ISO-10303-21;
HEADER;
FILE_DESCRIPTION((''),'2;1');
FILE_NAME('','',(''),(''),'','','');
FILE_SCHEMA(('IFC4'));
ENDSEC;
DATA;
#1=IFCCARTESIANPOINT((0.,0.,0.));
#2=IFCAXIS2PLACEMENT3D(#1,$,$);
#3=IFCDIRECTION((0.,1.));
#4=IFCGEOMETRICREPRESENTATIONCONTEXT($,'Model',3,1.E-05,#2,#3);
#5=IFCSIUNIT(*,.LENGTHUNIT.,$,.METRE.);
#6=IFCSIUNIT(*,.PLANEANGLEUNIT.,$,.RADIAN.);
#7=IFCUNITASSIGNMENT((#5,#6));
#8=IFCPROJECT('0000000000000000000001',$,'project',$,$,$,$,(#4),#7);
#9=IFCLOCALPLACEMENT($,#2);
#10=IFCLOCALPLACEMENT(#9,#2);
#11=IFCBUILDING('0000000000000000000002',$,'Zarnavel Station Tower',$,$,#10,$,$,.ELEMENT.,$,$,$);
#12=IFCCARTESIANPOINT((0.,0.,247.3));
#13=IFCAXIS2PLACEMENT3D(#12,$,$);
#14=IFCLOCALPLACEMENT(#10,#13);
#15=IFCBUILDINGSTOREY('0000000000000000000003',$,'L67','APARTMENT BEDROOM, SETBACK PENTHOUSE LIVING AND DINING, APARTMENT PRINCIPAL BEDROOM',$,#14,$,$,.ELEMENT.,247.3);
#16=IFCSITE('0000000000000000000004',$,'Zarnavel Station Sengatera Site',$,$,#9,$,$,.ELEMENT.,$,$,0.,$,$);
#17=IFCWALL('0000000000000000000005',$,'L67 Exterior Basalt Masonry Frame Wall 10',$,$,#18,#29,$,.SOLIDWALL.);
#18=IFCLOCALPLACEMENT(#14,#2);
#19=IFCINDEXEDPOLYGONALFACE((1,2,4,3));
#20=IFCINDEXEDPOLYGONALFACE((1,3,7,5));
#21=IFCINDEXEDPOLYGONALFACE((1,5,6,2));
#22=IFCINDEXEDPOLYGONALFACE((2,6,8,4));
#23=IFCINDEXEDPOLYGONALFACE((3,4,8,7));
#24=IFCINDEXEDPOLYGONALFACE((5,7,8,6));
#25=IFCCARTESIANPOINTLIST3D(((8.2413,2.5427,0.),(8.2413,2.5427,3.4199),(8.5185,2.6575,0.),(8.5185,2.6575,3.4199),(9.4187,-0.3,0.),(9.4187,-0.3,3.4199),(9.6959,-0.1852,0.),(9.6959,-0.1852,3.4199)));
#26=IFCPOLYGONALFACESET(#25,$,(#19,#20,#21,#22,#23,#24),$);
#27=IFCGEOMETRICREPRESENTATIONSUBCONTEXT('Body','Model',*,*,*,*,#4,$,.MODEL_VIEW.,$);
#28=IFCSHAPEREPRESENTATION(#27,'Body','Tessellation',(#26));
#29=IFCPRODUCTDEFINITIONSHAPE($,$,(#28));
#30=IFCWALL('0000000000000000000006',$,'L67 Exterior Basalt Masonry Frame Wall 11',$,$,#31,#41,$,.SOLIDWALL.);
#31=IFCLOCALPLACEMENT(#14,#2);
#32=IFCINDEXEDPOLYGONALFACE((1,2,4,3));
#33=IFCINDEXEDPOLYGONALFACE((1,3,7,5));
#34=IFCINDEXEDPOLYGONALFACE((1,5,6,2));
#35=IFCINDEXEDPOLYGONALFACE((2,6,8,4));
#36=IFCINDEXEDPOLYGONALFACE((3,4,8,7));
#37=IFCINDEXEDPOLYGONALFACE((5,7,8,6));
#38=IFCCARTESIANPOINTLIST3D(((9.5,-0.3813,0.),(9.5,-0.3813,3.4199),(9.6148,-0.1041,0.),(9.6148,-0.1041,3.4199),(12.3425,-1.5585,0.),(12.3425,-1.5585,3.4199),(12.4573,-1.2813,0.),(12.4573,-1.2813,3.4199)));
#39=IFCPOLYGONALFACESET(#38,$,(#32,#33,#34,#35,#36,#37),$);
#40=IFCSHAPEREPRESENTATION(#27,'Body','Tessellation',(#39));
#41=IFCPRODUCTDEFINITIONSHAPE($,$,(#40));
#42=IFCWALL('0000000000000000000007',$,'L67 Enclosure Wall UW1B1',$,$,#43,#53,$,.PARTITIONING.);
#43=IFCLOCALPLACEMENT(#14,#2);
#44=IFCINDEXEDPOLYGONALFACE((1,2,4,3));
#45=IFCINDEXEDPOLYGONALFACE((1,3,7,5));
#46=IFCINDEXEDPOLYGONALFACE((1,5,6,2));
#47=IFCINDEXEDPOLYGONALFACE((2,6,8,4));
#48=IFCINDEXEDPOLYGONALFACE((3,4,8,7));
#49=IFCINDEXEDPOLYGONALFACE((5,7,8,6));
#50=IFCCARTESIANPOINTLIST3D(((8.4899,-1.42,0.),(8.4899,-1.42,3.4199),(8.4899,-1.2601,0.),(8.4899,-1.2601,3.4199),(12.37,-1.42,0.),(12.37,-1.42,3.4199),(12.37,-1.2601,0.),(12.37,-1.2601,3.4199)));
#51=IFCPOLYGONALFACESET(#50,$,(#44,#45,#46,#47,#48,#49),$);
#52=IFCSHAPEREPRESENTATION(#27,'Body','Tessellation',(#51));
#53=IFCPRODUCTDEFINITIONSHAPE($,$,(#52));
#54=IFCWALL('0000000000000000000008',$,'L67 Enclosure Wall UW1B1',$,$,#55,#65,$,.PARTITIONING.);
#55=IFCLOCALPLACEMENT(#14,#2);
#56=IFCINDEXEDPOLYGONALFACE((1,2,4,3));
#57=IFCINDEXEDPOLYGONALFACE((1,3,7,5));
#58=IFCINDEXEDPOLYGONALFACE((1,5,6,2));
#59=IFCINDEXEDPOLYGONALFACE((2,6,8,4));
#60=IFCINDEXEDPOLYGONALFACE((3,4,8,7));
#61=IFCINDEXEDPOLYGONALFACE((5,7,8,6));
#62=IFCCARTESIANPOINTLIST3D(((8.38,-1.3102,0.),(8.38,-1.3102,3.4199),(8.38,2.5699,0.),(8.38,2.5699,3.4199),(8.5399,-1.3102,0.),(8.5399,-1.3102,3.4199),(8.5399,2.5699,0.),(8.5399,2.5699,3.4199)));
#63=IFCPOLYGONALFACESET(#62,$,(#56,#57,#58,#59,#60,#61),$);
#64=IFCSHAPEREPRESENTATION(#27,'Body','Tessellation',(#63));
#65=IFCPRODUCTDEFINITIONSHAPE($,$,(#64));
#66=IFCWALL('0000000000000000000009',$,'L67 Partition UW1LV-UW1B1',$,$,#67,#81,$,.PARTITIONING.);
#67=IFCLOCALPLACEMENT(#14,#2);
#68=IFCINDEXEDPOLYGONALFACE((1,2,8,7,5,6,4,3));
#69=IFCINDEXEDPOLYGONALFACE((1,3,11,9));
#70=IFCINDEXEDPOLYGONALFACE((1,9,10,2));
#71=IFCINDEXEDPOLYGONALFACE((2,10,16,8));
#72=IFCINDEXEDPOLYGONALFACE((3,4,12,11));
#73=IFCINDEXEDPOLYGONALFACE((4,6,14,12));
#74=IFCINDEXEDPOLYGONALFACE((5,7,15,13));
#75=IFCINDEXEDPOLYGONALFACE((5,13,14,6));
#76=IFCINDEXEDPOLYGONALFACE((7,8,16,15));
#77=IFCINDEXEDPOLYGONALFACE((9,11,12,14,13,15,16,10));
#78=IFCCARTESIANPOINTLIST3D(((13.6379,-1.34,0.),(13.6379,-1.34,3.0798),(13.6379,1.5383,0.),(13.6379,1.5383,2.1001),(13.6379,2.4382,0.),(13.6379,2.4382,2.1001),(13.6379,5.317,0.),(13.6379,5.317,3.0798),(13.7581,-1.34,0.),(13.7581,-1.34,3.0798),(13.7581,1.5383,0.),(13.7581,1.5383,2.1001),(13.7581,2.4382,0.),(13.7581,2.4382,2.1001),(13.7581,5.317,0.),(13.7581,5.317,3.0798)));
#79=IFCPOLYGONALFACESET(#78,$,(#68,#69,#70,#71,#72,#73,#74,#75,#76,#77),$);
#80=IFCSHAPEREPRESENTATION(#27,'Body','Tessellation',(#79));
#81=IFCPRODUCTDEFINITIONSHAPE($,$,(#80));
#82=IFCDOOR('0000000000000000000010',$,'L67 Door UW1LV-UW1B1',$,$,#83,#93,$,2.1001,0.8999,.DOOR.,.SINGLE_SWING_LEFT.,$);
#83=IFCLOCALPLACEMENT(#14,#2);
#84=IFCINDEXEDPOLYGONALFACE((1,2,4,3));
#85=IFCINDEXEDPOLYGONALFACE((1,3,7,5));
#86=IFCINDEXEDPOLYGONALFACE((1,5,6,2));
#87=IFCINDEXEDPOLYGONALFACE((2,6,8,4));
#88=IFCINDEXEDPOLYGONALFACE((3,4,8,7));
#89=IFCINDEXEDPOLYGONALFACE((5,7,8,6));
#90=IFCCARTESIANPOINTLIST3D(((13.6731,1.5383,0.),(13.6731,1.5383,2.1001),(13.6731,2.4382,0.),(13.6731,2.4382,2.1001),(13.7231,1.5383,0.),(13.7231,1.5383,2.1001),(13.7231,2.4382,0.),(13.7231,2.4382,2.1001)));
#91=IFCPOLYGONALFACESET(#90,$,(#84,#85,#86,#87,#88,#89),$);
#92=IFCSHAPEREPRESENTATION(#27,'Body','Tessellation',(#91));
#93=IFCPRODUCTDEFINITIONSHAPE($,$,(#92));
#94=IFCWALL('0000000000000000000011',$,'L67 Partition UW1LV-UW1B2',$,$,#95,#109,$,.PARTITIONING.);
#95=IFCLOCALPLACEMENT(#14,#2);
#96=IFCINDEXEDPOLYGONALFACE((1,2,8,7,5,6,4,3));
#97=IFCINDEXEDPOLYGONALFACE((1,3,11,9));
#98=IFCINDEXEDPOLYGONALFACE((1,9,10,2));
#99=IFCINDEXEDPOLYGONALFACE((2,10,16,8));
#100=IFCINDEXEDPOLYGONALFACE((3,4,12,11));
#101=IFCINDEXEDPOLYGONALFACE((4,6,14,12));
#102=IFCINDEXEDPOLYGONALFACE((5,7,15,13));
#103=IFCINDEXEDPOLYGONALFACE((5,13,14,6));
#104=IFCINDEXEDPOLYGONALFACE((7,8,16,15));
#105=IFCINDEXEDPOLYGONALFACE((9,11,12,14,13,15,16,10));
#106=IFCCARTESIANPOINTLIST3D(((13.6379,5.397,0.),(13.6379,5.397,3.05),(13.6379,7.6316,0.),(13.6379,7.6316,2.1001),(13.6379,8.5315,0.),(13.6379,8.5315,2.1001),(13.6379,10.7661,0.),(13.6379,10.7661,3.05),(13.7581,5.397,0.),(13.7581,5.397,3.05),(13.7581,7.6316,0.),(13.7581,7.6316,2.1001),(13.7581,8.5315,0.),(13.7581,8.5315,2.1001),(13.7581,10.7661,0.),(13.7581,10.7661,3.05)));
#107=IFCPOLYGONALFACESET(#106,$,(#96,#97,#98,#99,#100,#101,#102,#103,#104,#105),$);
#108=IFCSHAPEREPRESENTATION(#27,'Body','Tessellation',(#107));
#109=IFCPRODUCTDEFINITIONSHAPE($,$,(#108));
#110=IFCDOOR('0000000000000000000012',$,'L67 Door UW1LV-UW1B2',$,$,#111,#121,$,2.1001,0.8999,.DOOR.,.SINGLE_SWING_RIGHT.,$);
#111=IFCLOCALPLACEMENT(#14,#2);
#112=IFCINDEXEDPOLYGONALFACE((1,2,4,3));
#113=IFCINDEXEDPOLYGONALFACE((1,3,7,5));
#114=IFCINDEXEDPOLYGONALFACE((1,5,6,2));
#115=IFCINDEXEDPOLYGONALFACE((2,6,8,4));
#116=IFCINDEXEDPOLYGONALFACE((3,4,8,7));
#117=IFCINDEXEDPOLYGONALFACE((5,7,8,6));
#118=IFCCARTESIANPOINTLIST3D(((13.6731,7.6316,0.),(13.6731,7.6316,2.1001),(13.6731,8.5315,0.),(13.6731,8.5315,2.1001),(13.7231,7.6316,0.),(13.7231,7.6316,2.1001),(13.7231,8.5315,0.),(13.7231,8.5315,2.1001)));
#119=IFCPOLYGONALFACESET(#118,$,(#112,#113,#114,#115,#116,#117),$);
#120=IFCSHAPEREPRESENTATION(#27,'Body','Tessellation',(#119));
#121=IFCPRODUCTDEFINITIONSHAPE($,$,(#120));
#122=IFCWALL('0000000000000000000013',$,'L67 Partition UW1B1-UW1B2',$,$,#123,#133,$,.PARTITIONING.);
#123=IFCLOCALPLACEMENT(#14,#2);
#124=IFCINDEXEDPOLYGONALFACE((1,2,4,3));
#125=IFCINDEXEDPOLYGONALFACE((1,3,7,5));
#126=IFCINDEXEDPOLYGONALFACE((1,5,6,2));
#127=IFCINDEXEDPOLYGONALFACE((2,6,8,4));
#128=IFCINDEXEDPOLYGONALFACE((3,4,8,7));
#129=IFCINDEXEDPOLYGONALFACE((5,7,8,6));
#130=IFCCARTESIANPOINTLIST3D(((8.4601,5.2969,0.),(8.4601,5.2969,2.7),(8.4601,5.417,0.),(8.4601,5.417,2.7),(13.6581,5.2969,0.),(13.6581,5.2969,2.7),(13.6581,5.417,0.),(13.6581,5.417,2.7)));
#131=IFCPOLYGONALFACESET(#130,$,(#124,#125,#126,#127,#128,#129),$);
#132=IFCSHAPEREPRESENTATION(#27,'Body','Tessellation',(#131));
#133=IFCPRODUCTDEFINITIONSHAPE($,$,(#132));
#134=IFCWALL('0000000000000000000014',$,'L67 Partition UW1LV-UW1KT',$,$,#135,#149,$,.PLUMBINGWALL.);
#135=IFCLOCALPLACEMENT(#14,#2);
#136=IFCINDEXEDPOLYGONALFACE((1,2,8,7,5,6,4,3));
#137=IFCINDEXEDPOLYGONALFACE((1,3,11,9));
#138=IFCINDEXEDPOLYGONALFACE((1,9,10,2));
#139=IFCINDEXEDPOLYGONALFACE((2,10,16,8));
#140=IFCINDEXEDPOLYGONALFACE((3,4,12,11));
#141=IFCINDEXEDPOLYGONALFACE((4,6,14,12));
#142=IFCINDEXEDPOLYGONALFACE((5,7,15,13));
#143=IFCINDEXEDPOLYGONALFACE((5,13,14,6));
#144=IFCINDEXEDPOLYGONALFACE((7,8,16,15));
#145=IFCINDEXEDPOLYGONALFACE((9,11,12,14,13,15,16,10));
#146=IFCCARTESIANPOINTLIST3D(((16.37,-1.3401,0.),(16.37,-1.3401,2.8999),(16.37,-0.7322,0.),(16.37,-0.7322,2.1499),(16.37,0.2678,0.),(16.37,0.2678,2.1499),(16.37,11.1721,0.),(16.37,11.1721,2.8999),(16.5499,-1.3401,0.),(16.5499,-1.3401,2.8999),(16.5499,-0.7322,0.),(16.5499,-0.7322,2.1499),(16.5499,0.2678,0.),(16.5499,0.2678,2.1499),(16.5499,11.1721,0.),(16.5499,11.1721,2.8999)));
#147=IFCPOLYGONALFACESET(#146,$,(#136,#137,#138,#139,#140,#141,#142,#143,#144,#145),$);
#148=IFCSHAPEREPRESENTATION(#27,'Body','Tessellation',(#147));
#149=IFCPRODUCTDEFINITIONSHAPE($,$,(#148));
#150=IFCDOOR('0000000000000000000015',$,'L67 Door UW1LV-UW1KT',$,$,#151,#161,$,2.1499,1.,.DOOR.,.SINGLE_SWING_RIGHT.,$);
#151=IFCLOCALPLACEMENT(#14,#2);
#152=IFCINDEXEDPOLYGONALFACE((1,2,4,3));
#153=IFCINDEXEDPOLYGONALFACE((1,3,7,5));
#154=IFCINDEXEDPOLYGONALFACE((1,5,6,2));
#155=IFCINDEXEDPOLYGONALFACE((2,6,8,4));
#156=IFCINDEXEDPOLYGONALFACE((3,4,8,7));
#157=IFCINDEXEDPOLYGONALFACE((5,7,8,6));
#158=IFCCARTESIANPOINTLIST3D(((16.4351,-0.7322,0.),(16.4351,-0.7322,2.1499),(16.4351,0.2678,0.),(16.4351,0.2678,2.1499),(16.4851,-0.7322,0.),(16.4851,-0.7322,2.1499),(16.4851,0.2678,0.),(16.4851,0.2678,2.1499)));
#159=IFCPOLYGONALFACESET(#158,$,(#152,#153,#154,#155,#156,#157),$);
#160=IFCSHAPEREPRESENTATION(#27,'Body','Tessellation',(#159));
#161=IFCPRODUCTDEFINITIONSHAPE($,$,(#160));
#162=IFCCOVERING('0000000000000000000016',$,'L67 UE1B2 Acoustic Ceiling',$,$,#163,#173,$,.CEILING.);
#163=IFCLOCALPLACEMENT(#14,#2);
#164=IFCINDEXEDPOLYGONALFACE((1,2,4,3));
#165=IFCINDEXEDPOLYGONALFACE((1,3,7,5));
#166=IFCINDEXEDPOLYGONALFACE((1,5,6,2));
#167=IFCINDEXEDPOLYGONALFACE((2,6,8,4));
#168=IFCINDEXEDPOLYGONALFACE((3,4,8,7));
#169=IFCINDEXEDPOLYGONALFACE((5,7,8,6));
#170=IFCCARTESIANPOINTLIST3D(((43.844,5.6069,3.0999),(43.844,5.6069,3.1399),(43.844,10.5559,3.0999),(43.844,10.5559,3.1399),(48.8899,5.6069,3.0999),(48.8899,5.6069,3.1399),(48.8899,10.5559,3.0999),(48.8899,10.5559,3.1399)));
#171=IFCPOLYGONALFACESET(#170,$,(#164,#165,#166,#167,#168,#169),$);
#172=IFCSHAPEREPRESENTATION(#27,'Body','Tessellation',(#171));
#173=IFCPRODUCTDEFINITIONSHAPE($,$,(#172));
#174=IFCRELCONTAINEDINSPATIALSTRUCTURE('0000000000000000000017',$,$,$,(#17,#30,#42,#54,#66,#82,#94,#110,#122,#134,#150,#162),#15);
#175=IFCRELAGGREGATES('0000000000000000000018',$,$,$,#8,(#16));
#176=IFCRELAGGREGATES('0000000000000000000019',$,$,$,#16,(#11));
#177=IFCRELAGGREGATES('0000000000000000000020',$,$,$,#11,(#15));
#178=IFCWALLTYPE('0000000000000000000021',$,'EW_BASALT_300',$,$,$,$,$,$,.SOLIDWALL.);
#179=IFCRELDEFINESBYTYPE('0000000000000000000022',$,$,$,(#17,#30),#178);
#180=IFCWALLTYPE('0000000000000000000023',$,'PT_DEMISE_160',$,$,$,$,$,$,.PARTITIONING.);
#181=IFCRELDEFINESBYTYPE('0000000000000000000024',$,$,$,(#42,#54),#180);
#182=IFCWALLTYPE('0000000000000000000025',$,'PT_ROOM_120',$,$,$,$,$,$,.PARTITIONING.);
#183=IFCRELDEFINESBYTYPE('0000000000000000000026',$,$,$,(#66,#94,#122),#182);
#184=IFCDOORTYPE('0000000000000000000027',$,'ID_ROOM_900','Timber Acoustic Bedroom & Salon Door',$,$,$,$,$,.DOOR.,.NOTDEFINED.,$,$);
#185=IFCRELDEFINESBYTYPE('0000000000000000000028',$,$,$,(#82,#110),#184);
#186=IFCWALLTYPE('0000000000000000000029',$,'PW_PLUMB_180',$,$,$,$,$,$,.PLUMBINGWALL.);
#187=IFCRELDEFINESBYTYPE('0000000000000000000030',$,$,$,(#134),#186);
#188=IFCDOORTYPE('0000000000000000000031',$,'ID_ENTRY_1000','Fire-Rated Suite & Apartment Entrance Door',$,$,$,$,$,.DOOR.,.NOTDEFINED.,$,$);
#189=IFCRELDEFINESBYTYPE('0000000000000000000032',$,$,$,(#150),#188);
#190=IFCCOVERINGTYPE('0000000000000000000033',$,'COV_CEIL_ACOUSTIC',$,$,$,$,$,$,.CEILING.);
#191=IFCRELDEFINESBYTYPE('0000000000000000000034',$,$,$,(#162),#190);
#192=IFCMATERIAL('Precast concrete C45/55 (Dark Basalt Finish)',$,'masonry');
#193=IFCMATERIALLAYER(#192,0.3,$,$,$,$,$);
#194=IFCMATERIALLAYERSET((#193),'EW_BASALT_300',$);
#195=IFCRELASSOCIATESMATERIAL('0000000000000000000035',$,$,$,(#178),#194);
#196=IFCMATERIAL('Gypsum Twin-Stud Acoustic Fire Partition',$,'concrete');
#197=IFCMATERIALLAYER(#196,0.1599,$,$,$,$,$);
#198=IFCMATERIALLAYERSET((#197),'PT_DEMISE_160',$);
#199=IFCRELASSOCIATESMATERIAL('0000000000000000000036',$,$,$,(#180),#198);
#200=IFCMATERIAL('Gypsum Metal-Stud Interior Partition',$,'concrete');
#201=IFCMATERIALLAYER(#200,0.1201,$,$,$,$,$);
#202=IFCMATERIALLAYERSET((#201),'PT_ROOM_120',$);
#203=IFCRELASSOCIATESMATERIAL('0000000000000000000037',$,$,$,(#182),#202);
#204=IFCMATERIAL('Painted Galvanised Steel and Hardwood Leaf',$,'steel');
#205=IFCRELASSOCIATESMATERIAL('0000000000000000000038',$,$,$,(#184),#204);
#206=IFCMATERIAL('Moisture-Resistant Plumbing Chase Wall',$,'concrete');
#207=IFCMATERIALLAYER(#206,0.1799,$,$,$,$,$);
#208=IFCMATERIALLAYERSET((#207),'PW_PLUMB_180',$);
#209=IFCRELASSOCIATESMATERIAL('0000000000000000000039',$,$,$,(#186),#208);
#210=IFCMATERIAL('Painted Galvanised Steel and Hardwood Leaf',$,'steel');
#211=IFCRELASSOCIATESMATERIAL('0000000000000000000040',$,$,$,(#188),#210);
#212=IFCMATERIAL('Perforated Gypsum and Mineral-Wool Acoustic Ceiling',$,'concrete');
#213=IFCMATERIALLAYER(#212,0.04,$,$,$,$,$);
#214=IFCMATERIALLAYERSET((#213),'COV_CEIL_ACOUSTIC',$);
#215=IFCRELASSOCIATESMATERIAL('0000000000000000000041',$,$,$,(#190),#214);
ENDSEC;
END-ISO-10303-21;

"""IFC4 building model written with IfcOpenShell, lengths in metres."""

from ifc_helpers import new_model, si_unit, direction, frame, frame_2d, origin, place, context, subcontext, project, spatial, polyline, rectangle, outline, extrude, material, layer, layer_set, type_object, element, fill, save


model = new_model("IFC4")

# Units and contexts
model_context = context("Model", 3, precision=1e-05, world=origin(), true_north=direction((0.0, 1.0)))
body_context = subcontext(model_context, "Body", "Model", "MODEL_VIEW")
ifc_project = project(units=[si_unit("LENGTHUNIT", "METRE"), si_unit("PLANEANGLEUNIT", "RADIAN")], contexts=[model_context])

# Site, building, storey
site_placement = place(None, origin())
site = spatial("IfcSite", under=ifc_project, at=site_placement, Name="Zarnavel Station Sengatera Site", CompositionType="ELEMENT", RefElevation=0.0)
building_placement = place(site_placement, origin())
building = spatial("IfcBuilding", under=site, at=building_placement, Name="Zarnavel Station Tower", CompositionType="ELEMENT")
storey_placement = place(building_placement, frame((0.0, 0.0, 247.3)))
storey = spatial("IfcBuildingStorey", under=building, at=storey_placement, Name="L67", Description="APARTMENT BEDROOM, SETBACK PENTHOUSE LIVING AND DINING, APARTMENT PRINCIPAL BEDROOM", CompositionType="ELEMENT", Elevation=247.3)

# Shared definitions
ifc_material_1 = material(Name="Precast concrete C45/55 (Dark Basalt Finish)", Category="masonry")
ifc_layer_1 = layer(ifc_material_1, 0.3)
ifc_layer_set_1 = layer_set([ifc_layer_1], Name="EW_BASALT_300")
wall_type_1 = type_object("IfcWallType", Name="EW_BASALT_300", PredefinedType="SOLIDWALL", material=ifc_layer_set_1)

# Walls
wall_1_placement = place(storey_placement, frame((9.5574, -0.2427, 0.0), z_axis=(0.0, 0.0, 1.0), x_axis=(-0.382676, 0.923882, 0.0)))
element("IfcWall", 1, at=wall_1_placement, inside=storey, type_object=wall_type_1, Name="L67 Exterior Basalt Masonry Frame Wall 10", PredefinedType="SOLIDWALL", context=body_context, shape_type="SweptSolid", body=[
    extrude(rectangle(XDim=3.0769, YDim=0.3, at=frame_2d((1.5386, 0.0))), origin(), (0.0, 0.0, 1.0), 3.4199),
])
wall_2_placement = place(storey_placement, frame((12.3999, -1.4199, 0.0), z_axis=(0.0, 0.0, 1.0), x_axis=(-0.923899, 0.382637, 0.0)))
element("IfcWall", 2, at=wall_2_placement, inside=storey, type_object=wall_type_1, Name="L67 Exterior Basalt Masonry Frame Wall 11", PredefinedType="SOLIDWALL", context=body_context, shape_type="SweptSolid", body=[
    extrude(rectangle(XDim=3.0767, YDim=0.3, at=frame_2d((1.5383, 0.0))), origin(), (0.0, 0.0, 1.0), 3.4199),
])
ifc_material_2 = material(Name="Gypsum Twin-Stud Acoustic Fire Partition", Category="concrete")
ifc_layer_2 = layer(ifc_material_2, 0.1599)
ifc_layer_set_2 = layer_set([ifc_layer_2], Name="PT_DEMISE_160")
wall_type_2 = type_object("IfcWallType", Name="PT_DEMISE_160", PredefinedType="PARTITIONING", material=ifc_layer_set_2)
for number, where, z_axis, x_axis, name in (
    (3, (8.49, -1.3401, 0.0), (0.0, 0.0, 1.0), (1.0, 0.0, 0.0), "L67 Enclosure Wall UW1B1"),
    (4, (8.46, -1.3101, 0.0), (0.0, 0.0, 1.0), (0.0, 1.0, 0.0), "L67 Enclosure Wall UW1B1"),
):
    element("IfcWall", number, at=place(storey_placement, frame(where, z_axis=z_axis, x_axis=x_axis)), inside=storey, type_object=wall_type_2, Name=name, PredefinedType="PARTITIONING", context=body_context, shape_type="SweptSolid", body=[
        extrude(rectangle(XDim=3.8801, YDim=0.1599, at=frame_2d((1.9399, 0.0))), origin(), (0.0, 0.0, 1.0), 3.4199),
    ])

# Walls, openings, doors
ifc_material_3 = material(Name="Gypsum Metal-Stud Interior Partition", Category="concrete")
ifc_layer_3 = layer(ifc_material_3, 0.1201)
ifc_layer_set_3 = layer_set([ifc_layer_3], Name="PT_ROOM_120")
wall_type_3 = type_object("IfcWallType", Name="PT_ROOM_120", PredefinedType="PARTITIONING", material=ifc_layer_set_3)
wall_3_placement = place(storey_placement, frame((13.698, -1.3401, 0.0), z_axis=(0.0, 0.0, 1.0), x_axis=(0.0, 1.0, 0.0)))
wall_3 = element("IfcWall", 5, at=wall_3_placement, inside=storey, type_object=wall_type_3, Name="L67 Partition UW1LV-UW1B1", PredefinedType="PARTITIONING", context=body_context, shape_type="SweptSolid", body=[
    extrude(rectangle(XDim=6.657, YDim=0.1201, at=frame_2d((3.3286, 0.0))), origin(), (0.0, 0.0, 1.0), 3.0798),
])
opening_1_placement = place(wall_3_placement, frame((2.8784, 0.0, 0.0)))
opening_1 = element("IfcOpeningElement", 6, at=opening_1_placement, cuts=wall_3, PredefinedType="OPENING", context=body_context, shape_type="SweptSolid", body=[
    extrude(rectangle(XDim=0.8999, YDim=2.1001, at=frame_2d((0.45, 1.05))), frame((0.0, 0.0701, 0.0), z_axis=(0.0, -1.0, 0.0), x_axis=(1.0, 0.0, 0.0)), (0.0, 0.0, 1.0), 0.1401),
])
ifc_material_4 = material(Name="Painted Galvanised Steel and Hardwood Leaf", Category="steel")
door_type_1 = type_object("IfcDoorType", Name="ID_ROOM_900", Description="Timber Acoustic Bedroom & Salon Door", OperationType="NOTDEFINED", PredefinedType="DOOR", material=ifc_material_4)
door_1_placement = place(opening_1_placement, origin())
door_1 = element("IfcDoor", 7, at=door_1_placement, inside=storey, type_object=door_type_1, Name="L67 Door UW1LV-UW1B1", OperationType="SINGLE_SWING_LEFT", OverallHeight=2.1001, OverallWidth=0.8999, PredefinedType="DOOR", context=body_context, shape_type="SweptSolid", body=[
    extrude(rectangle(XDim=0.8999, YDim=2.1001, at=frame_2d((0.45, 1.05))), frame((0.0, 0.0249, 0.0), z_axis=(0.0, -1.0, 0.0), x_axis=(1.0, 0.0, 0.0)), (0.0, 0.0, 1.0), 0.05),
])
fill(opening_1, door_1)
wall_4_placement = place(storey_placement, frame((13.698, 5.397, 0.0), z_axis=(0.0, 0.0, 1.0), x_axis=(0.0, 1.0, 0.0)))
wall_4 = element("IfcWall", 8, at=wall_4_placement, inside=storey, type_object=wall_type_3, Name="L67 Partition UW1LV-UW1B2", PredefinedType="PARTITIONING", context=body_context, shape_type="SweptSolid", body=[
    extrude(rectangle(XDim=5.3691, YDim=0.1201, at=frame_2d((2.6846, 0.0))), origin(), (0.0, 0.0, 1.0), 3.05),
])
opening_2_placement = place(wall_4_placement, frame((2.2346, 0.0, 0.0)))
opening_2 = element("IfcOpeningElement", 9, at=opening_2_placement, cuts=wall_4, PredefinedType="OPENING", context=body_context, shape_type="SweptSolid", body=[
    extrude(rectangle(XDim=0.8999, YDim=2.1001, at=frame_2d((0.45, 1.05))), frame((0.0, 0.0701, 0.0), z_axis=(0.0, -1.0, 0.0), x_axis=(1.0, 0.0, 0.0)), (0.0, 0.0, 1.0), 0.1401),
])
door_2_placement = place(opening_2_placement, origin())
door_2 = element("IfcDoor", 10, at=door_2_placement, inside=storey, type_object=door_type_1, Name="L67 Door UW1LV-UW1B2", OperationType="SINGLE_SWING_RIGHT", OverallHeight=2.1001, OverallWidth=0.8999, PredefinedType="DOOR", context=body_context, shape_type="SweptSolid", body=[
    extrude(rectangle(XDim=0.8999, YDim=2.1001, at=frame_2d((0.45, 1.05))), frame((0.0, 0.0249, 0.0), z_axis=(0.0, -1.0, 0.0), x_axis=(1.0, 0.0, 0.0)), (0.0, 0.0, 1.0), 0.05),
])
fill(opening_2, door_2)

# Wall
wall_5_placement = place(storey_placement, frame((8.46, 5.3569, 0.0), z_axis=(0.0, 0.0, 1.0), x_axis=(1.0, 0.0, 0.0)))
element("IfcWall", 11, at=wall_5_placement, inside=storey, type_object=wall_type_3, Name="L67 Partition UW1B1-UW1B2", PredefinedType="PARTITIONING", context=body_context, shape_type="SweptSolid", body=[
    extrude(rectangle(XDim=5.198, YDim=0.1201, at=frame_2d((2.5991, 0.0))), origin(), (0.0, 0.0, 1.0), 2.7),
])

# Wall, opening, door
ifc_material_5 = material(Name="Moisture-Resistant Plumbing Chase Wall", Category="concrete")
ifc_layer_4 = layer(ifc_material_5, 0.1799)
ifc_layer_set_4 = layer_set([ifc_layer_4], Name="PW_PLUMB_180")
wall_type_4 = type_object("IfcWallType", Name="PW_PLUMB_180", PredefinedType="PLUMBINGWALL", material=ifc_layer_set_4)
wall_6_placement = place(storey_placement, frame((16.46, -1.3401, 0.0), z_axis=(0.0, 0.0, 1.0), x_axis=(0.0, 1.0, 0.0)))
wall_6 = element("IfcWall", 12, at=wall_6_placement, inside=storey, type_object=wall_type_4, Name="L67 Partition UW1LV-UW1KT", PredefinedType="PLUMBINGWALL", context=body_context, shape_type="SweptSolid", body=[
    extrude(rectangle(XDim=12.5122, YDim=0.1799, at=frame_2d((6.2561, 0.0))), origin(), (0.0, 0.0, 1.0), 2.8999),
])
opening_3_placement = place(wall_6_placement, frame((0.6079, 0.0, 0.0)))
opening_3 = element("IfcOpeningElement", 13, at=opening_3_placement, cuts=wall_6, PredefinedType="OPENING", context=body_context, shape_type="SweptSolid", body=[
    extrude(rectangle(XDim=1.0, YDim=2.1499, at=frame_2d((0.5, 1.075))), frame((0.0, 0.0999, 0.0), z_axis=(0.0, -1.0, 0.0), x_axis=(1.0, 0.0, 0.0)), (0.0, 0.0, 1.0), 0.2),
])
ifc_material_6 = material(Name="Painted Galvanised Steel and Hardwood Leaf", Category="steel")
door_type_2 = type_object("IfcDoorType", Name="ID_ENTRY_1000", Description="Fire-Rated Suite & Apartment Entrance Door", OperationType="NOTDEFINED", PredefinedType="DOOR", material=ifc_material_6)
door_3_placement = place(opening_3_placement, origin())
door_3 = element("IfcDoor", 14, at=door_3_placement, inside=storey, type_object=door_type_2, Name="L67 Door UW1LV-UW1KT", OperationType="SINGLE_SWING_RIGHT", OverallHeight=2.1499, OverallWidth=1.0, PredefinedType="DOOR", context=body_context, shape_type="SweptSolid", body=[
    extrude(rectangle(XDim=1.0, YDim=2.1499, at=frame_2d((0.5, 1.075))), frame((0.0, 0.0249, 0.0), z_axis=(0.0, -1.0, 0.0), x_axis=(1.0, 0.0, 0.0)), (0.0, 0.0, 1.0), 0.05),
])
fill(opening_3, door_3)

# Covering
ifc_material_7 = material(Name="Perforated Gypsum and Mineral-Wool Acoustic Ceiling", Category="concrete")
ifc_layer_5 = layer(ifc_material_7, 0.04)
ifc_layer_set_5 = layer_set([ifc_layer_5], Name="COV_CEIL_ACOUSTIC")
covering_type = type_object("IfcCoveringType", Name="COV_CEIL_ACOUSTIC", PredefinedType="CEILING", material=ifc_layer_set_5)
covering_1_placement = place(storey_placement, frame((0.0, 0.0, 3.0999)))
element("IfcCovering", 15, at=covering_1_placement, inside=storey, type_object=covering_type, Name="L67 UE1B2 Acoustic Ceiling", PredefinedType="CEILING", context=body_context, shape_type="SweptSolid", body=[
    extrude(outline(polyline([(43.844, 5.6069), (48.8899, 5.6069), (48.8899, 10.5559), (43.844, 10.5559), (43.844, 5.6069)])), origin(), (0.0, 0.0, 1.0), 0.04),
])

save(model, "model.ifc")
